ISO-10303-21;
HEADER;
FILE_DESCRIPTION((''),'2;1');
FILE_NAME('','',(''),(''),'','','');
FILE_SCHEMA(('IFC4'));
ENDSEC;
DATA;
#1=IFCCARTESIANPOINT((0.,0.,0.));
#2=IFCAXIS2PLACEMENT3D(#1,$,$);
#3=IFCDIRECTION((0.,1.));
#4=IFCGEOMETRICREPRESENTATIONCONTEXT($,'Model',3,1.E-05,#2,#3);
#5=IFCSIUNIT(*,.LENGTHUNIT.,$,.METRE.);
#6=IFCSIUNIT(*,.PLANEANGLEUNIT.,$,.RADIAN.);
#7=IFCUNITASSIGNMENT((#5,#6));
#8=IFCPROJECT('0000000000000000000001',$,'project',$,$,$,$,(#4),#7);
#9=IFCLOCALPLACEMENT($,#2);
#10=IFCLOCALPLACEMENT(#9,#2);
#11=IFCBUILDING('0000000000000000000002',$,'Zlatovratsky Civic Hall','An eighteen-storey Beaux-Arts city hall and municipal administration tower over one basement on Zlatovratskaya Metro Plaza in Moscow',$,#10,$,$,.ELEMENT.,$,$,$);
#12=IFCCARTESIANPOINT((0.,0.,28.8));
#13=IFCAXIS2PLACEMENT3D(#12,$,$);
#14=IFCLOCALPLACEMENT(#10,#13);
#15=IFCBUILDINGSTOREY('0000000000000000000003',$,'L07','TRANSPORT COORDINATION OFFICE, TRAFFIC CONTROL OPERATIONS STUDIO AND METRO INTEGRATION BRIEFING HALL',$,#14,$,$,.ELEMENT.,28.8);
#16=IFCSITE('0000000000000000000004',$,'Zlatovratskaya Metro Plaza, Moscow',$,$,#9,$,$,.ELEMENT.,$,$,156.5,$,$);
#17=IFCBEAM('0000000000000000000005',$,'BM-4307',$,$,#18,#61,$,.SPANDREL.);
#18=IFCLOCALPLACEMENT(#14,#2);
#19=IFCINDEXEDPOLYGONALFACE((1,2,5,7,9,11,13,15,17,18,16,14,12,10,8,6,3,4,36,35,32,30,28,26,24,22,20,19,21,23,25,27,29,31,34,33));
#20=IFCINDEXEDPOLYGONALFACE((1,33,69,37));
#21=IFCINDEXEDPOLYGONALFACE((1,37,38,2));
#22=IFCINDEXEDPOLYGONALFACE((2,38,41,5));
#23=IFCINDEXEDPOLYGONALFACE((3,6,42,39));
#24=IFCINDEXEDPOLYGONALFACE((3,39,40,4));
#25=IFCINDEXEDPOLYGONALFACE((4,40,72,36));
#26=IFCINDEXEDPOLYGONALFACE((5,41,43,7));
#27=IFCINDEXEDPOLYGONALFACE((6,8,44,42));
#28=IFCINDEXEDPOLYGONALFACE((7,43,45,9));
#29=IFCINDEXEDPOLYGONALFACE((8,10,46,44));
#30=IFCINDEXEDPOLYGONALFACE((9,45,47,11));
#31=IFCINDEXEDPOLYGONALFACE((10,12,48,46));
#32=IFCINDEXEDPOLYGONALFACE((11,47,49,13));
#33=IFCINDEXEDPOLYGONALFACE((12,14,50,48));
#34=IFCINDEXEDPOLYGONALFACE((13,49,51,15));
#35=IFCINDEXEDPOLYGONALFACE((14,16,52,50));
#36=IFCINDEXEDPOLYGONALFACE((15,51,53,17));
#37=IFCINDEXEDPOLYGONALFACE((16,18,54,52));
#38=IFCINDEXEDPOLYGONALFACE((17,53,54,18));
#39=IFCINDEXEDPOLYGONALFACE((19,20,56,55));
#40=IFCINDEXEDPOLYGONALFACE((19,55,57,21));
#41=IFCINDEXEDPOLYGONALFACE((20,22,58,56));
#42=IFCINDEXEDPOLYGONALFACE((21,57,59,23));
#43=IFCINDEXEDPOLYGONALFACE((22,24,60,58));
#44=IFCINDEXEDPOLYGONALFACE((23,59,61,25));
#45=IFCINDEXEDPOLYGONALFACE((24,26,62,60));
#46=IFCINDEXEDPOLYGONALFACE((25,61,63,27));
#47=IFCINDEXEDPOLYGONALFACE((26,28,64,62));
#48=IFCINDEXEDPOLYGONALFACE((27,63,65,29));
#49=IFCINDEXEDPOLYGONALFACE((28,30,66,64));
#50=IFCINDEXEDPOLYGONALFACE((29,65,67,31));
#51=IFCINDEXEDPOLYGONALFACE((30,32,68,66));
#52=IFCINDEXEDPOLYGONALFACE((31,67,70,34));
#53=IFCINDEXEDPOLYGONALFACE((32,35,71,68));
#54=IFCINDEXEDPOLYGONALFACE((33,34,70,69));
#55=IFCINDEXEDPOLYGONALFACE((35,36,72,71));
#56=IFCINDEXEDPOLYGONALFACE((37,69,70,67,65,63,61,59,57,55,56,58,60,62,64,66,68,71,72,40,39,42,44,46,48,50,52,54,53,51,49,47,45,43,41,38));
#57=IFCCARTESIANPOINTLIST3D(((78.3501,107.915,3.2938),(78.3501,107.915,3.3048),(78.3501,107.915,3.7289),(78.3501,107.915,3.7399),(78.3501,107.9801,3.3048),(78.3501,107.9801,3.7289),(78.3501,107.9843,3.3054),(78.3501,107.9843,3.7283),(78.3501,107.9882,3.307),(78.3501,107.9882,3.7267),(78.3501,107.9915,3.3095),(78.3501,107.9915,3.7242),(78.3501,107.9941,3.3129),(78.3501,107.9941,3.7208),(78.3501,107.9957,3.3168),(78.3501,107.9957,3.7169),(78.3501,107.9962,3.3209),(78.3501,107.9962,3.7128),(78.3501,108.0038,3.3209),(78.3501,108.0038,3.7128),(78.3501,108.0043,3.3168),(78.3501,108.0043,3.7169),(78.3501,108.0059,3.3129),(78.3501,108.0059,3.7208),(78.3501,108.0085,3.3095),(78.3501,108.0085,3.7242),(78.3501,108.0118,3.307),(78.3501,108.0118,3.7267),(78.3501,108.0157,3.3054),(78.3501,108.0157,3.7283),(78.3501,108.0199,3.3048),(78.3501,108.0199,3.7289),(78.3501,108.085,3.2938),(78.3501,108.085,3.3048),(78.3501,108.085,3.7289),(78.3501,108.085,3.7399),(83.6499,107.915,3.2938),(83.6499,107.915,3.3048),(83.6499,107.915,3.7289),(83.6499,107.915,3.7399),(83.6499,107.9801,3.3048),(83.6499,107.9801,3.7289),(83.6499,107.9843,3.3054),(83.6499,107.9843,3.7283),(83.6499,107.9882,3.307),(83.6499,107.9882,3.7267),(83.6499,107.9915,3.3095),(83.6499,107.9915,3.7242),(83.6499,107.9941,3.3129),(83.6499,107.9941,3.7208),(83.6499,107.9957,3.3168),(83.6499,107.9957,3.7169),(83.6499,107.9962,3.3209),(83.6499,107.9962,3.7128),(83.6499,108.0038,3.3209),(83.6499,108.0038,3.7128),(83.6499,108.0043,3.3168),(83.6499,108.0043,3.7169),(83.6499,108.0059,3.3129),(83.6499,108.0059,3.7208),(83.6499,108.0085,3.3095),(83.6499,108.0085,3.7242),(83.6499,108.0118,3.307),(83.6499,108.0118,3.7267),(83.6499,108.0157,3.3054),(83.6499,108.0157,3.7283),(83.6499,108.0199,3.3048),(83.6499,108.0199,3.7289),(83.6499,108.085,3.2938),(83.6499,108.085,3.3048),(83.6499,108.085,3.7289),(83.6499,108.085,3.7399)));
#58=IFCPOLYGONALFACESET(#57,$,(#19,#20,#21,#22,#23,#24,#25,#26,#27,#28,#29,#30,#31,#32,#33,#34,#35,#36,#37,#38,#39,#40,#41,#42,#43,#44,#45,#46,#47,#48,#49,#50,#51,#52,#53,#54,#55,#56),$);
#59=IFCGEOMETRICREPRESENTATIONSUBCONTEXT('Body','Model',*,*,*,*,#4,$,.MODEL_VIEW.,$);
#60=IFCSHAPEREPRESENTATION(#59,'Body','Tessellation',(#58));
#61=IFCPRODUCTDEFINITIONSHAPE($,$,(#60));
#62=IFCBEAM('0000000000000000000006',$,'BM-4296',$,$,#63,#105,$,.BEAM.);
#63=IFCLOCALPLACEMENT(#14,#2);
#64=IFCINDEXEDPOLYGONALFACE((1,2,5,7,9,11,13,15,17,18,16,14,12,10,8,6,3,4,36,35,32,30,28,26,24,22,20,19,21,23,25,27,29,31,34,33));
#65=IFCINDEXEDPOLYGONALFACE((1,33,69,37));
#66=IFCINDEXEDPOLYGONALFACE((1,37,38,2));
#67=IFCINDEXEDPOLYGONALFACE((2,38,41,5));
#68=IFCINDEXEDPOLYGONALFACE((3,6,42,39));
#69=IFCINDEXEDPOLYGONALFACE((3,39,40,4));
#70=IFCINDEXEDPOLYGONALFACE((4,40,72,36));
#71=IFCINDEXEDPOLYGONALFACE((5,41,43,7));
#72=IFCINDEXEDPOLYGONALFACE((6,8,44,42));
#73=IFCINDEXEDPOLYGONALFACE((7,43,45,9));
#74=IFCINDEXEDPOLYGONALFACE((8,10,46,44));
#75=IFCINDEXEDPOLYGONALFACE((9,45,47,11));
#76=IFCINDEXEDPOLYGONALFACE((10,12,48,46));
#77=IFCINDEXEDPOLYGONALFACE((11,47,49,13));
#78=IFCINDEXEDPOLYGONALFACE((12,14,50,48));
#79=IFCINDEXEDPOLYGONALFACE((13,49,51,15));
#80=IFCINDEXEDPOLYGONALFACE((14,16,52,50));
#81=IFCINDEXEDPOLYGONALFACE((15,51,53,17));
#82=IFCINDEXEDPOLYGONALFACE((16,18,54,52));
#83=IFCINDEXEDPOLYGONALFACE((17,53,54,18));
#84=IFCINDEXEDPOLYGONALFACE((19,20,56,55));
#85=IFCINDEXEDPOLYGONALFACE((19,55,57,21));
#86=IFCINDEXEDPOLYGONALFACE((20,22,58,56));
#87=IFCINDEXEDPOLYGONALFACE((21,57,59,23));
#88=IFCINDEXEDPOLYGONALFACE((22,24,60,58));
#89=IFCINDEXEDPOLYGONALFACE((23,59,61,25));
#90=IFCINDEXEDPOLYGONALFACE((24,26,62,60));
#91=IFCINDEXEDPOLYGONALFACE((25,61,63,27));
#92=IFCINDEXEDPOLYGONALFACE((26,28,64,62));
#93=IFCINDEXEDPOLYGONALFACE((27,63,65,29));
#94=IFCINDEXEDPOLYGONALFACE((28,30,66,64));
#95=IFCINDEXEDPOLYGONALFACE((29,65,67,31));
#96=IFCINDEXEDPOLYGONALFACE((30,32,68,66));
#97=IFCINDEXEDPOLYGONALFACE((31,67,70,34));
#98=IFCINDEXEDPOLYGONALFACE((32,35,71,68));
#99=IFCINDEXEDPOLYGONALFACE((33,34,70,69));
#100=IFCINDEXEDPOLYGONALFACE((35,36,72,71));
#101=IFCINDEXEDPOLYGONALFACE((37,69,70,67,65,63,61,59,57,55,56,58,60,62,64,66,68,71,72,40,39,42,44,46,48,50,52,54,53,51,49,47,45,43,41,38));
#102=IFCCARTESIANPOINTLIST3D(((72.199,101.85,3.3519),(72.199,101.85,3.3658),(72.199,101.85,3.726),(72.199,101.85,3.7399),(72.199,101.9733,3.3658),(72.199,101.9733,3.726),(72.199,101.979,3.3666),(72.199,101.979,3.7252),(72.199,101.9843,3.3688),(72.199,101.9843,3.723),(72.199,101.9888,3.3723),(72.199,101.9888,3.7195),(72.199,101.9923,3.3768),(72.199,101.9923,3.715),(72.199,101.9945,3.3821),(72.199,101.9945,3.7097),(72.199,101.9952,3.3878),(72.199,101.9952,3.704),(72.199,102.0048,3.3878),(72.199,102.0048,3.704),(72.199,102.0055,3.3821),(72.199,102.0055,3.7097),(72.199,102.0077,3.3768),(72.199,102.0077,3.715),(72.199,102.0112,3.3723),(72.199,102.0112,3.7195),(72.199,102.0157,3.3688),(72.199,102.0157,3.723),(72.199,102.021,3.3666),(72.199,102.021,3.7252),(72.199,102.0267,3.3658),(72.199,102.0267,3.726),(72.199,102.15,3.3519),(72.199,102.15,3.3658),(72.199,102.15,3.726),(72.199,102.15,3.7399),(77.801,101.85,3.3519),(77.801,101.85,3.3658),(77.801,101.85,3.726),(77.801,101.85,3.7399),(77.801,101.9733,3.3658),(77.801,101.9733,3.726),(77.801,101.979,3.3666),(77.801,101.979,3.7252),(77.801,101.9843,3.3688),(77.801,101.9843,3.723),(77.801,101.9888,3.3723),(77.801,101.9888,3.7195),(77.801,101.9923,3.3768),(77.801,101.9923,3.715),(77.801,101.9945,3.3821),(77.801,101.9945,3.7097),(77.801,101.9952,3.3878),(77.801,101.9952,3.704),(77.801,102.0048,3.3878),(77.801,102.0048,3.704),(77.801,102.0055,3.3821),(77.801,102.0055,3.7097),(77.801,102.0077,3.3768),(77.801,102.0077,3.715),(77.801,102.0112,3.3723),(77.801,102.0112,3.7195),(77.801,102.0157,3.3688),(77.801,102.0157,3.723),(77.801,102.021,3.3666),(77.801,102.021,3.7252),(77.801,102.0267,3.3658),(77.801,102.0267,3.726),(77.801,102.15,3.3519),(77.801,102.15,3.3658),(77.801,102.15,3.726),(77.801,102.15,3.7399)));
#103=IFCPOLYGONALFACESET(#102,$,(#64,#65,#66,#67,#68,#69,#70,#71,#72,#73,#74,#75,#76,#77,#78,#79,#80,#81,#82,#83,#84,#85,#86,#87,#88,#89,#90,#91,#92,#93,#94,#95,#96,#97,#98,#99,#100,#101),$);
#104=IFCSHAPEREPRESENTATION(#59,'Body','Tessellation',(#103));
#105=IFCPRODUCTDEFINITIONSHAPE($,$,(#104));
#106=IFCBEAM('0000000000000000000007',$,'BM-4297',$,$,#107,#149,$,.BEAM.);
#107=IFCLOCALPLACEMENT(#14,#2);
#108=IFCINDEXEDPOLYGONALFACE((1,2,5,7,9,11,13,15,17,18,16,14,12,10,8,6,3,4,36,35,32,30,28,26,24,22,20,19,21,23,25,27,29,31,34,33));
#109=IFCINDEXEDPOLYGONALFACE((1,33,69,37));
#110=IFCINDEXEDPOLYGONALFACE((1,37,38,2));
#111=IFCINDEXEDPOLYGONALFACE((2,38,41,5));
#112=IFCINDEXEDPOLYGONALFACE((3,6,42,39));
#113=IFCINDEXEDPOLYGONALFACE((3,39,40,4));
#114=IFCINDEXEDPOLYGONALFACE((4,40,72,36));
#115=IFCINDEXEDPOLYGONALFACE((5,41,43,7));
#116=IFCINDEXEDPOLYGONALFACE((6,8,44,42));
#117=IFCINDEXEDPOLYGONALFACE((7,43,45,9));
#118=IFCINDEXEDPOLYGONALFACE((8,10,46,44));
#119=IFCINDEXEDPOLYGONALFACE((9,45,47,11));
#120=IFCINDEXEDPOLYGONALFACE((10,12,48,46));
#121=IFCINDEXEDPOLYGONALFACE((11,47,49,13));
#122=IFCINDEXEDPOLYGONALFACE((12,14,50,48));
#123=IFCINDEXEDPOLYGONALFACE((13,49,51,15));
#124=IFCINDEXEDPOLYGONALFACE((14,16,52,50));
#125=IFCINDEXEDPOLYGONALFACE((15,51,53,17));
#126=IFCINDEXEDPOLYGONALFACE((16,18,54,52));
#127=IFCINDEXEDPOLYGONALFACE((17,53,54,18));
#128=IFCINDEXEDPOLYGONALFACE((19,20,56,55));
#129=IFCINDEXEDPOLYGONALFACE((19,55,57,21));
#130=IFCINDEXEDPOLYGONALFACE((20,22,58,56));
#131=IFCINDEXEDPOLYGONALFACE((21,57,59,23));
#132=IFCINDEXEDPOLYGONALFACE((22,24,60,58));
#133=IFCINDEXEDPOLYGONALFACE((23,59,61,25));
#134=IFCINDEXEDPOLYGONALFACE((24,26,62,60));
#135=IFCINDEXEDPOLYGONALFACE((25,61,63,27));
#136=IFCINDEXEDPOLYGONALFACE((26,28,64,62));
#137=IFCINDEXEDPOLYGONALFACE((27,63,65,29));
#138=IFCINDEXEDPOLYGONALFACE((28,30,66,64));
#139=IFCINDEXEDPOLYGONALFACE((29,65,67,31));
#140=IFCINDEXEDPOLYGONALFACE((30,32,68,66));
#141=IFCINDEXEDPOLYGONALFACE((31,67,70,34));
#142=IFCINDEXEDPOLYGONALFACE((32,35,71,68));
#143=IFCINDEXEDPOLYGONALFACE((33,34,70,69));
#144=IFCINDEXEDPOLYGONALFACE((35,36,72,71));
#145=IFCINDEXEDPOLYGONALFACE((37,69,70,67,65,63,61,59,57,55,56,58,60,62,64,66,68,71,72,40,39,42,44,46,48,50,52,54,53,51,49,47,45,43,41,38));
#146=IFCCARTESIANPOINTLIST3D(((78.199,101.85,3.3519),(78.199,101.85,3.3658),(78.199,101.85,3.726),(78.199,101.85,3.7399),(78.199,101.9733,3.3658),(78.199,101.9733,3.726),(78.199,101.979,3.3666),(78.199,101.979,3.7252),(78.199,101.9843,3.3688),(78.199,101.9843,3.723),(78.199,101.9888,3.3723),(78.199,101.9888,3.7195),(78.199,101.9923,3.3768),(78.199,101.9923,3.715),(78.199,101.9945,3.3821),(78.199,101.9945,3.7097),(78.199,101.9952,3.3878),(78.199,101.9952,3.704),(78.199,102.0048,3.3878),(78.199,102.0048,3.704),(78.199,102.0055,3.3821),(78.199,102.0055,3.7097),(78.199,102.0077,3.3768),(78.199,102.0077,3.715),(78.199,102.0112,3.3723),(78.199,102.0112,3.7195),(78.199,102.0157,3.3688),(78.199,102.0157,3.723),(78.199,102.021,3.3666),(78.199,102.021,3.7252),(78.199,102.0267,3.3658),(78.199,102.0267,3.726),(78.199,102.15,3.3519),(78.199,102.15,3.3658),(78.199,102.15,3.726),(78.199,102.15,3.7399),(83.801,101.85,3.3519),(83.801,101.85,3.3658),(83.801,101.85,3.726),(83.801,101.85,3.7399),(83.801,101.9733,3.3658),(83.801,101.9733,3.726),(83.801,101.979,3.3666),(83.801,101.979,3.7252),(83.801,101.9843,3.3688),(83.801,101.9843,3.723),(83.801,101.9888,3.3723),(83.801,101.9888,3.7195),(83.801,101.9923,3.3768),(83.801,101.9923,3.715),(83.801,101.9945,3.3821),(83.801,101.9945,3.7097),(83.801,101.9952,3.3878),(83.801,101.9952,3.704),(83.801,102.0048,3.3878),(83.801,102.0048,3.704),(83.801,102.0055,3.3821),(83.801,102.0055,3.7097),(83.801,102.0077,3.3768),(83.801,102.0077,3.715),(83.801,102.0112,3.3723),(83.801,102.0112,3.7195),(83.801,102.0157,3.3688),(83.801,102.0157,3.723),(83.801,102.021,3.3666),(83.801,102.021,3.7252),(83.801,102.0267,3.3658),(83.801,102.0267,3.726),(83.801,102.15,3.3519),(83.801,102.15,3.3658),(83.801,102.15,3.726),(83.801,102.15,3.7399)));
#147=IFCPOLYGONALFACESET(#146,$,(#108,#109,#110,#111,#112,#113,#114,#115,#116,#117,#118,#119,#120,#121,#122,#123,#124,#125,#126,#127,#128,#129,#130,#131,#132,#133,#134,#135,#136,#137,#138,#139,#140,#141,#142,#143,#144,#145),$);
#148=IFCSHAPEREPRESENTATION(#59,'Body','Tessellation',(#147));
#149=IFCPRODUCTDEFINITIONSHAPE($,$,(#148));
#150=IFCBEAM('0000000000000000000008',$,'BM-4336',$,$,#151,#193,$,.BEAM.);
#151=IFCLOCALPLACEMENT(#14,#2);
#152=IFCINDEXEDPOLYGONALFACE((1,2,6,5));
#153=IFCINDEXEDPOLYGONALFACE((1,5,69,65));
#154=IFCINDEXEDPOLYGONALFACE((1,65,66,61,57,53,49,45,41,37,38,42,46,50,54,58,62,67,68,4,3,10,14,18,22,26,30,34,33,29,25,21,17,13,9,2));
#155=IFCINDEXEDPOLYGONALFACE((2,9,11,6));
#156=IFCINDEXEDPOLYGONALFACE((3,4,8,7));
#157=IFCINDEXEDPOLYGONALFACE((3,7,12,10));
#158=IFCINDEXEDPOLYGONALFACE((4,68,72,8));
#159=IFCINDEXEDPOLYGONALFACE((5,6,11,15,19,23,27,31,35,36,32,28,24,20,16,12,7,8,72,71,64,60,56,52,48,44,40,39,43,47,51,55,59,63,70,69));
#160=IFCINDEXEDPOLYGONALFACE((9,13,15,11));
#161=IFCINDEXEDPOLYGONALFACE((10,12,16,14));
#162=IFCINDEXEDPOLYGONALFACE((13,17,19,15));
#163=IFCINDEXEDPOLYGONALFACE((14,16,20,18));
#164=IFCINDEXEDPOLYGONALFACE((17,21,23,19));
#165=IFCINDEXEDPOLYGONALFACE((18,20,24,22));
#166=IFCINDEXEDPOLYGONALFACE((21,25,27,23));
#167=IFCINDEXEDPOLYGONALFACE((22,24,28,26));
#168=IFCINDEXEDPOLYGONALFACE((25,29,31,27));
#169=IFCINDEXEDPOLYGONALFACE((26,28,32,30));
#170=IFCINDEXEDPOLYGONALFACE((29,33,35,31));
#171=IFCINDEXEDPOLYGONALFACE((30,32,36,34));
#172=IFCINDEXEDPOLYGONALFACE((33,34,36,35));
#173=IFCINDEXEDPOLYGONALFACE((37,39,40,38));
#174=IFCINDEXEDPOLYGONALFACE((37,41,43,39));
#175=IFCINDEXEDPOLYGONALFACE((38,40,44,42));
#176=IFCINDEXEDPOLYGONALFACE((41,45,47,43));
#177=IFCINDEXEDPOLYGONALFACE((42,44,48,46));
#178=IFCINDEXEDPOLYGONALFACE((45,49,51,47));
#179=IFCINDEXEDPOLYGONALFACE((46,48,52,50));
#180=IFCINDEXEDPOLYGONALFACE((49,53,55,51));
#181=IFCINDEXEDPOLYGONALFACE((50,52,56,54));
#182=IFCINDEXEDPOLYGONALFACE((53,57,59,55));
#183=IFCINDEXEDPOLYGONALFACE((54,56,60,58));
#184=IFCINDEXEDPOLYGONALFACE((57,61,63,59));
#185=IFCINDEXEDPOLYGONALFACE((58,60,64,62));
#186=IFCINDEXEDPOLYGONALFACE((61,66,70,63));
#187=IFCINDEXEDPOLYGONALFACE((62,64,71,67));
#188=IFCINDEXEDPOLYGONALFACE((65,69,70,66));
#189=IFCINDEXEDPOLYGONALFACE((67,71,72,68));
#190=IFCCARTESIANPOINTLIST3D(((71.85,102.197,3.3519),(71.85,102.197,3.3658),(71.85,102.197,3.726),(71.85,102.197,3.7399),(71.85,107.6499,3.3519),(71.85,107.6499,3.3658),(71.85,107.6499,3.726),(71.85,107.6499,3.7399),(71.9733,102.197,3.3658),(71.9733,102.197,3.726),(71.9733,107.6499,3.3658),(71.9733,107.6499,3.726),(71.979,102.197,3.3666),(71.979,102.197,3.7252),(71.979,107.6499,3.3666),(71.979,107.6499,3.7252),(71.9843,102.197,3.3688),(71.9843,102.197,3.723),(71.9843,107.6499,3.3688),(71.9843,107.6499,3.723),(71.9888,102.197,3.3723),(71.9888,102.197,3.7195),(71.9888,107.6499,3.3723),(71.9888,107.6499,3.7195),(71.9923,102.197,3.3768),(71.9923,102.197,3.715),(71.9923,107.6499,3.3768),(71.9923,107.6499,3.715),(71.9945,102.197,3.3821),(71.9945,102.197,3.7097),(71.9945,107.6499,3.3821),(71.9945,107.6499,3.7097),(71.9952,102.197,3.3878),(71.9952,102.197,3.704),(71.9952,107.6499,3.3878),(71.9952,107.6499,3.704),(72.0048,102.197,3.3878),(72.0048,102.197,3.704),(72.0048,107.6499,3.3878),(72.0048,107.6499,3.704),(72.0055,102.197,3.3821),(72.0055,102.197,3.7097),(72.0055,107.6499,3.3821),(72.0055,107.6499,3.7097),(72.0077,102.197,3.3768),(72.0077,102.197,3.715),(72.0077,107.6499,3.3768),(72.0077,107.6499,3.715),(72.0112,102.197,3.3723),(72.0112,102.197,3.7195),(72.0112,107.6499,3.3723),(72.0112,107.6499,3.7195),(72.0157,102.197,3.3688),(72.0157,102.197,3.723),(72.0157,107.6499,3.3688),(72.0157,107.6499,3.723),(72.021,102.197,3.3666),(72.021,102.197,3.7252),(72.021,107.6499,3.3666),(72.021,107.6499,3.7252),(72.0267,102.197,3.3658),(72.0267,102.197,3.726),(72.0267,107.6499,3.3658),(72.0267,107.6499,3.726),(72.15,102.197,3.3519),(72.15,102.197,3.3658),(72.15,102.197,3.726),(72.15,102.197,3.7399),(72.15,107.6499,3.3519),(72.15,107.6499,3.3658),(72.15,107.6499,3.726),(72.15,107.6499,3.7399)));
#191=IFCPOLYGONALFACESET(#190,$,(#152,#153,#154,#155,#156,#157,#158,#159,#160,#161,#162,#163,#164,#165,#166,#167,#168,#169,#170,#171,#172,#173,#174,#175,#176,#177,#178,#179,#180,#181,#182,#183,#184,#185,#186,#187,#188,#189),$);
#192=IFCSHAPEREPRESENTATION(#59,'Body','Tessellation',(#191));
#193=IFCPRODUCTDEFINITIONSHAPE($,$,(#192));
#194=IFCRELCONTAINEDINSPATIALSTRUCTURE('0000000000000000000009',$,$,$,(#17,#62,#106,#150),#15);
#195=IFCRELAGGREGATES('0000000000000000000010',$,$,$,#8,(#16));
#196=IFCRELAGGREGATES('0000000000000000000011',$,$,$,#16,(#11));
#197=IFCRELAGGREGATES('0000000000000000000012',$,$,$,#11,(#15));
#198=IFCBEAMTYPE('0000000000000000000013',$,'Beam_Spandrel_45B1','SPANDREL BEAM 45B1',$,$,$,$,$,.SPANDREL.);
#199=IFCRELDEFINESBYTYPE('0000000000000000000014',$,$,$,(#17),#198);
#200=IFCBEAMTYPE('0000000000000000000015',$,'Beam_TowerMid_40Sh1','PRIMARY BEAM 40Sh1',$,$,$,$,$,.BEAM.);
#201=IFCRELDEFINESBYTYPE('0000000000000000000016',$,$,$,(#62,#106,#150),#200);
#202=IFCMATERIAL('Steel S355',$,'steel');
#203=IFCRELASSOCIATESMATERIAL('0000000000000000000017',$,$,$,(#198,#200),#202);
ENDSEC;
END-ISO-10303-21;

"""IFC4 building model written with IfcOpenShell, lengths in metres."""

from ifc_helpers import new_model, si_unit, direction, frame, origin, origin_2d, place, context, subcontext, project, spatial, i_section, extrude, material, material_profile, profile_set, type_object, element, save


model = new_model("IFC4")

# Units and contexts
model_context = context("Model", 3, precision=1e-05, world=origin(), true_north=direction((0.0, 1.0)))
body_context = subcontext(model_context, "Body", "Model", "MODEL_VIEW")
ifc_project = project(units=[si_unit("LENGTHUNIT", "METRE"), si_unit("PLANEANGLEUNIT", "RADIAN")], contexts=[model_context])

# Site, building, storey
site_placement = place(None, origin())
site = spatial("IfcSite", under=ifc_project, at=site_placement, Name="Zlatovratskaya Metro Plaza, Moscow", CompositionType="ELEMENT", RefElevation=156.5)
building_placement = place(site_placement, origin())
building = spatial("IfcBuilding", under=site, at=building_placement, Name="Zlatovratsky Civic Hall", Description="An eighteen-storey Beaux-Arts city hall and municipal administration tower over one basement on Zlatovratskaya Metro Plaza in Moscow", CompositionType="ELEMENT")
storey_placement = place(building_placement, frame((0.0, 0.0, 28.8)))
storey = spatial("IfcBuildingStorey", under=building, at=storey_placement, Name="L07", Description="TRANSPORT COORDINATION OFFICE, TRAFFIC CONTROL OPERATIONS STUDIO AND METRO INTEGRATION BRIEFING HALL", CompositionType="ELEMENT", Elevation=28.8)

# Shared definitions
ifc_material_1 = material(Name="Steel S355", Category="steel")

# Beams
ifc_material_profile_1 = material_profile(ifc_material_1, i_section(OverallWidth=0.1699, OverallDepth=0.446, WebThickness=0.0076, FlangeThickness=0.011, FilletRadius=0.0161, at=origin_2d()), Name="45B1")
ifc_profile_set_1 = profile_set([ifc_material_profile_1], Name="Steel S355")
beam_type_1 = type_object("IfcBeamType", Name="Beam_Spandrel_45B1", Description="SPANDREL BEAM 45B1", PredefinedType="SPANDREL", material=ifc_profile_set_1)
for number, where, z_axis, x_axis, name in (
    (1, (78.3501, 108.0, 3.5168), (1.0, 0.0, 0.0), (0.0, 1.0, 0.0), "BM-4307"),
):
    element("IfcBeam", number, at=place(storey_placement, frame(where, z_axis=z_axis, x_axis=x_axis)), inside=storey, type_object=beam_type_1, Name=name, PredefinedType="SPANDREL", context=body_context, shape_type="SweptSolid", body=[
        extrude(i_section(OverallWidth=0.1699, OverallDepth=0.446, WebThickness=0.0076, FlangeThickness=0.011, FilletRadius=0.0161, at=origin_2d()), origin(), (0.0, 0.0, 1.0), 5.2998),
    ])
ifc_material_profile_2 = material_profile(ifc_material_1, i_section(OverallWidth=0.3, OverallDepth=0.3879, WebThickness=0.0095, FlangeThickness=0.0139, FilletRadius=0.022, at=origin_2d()), Name="40Sh1")
ifc_profile_set_2 = profile_set([ifc_material_profile_2], Name="Steel S355")
beam_type_2 = type_object("IfcBeamType", Name="Beam_TowerMid_40Sh1", Description="PRIMARY BEAM 40Sh1", PredefinedType="BEAM", material=ifc_profile_set_2)
for number, where, z_axis, x_axis, name in (
    (2, (72.199, 102.0, 3.5459), (1.0, 0.0, 0.0), (0.0, 1.0, 0.0), "BM-4296"),
    (3, (78.199, 102.0, 3.5459), (1.0, 0.0, 0.0), (0.0, 1.0, 0.0), "BM-4297"),
):
    element("IfcBeam", number, at=place(storey_placement, frame(where, z_axis=z_axis, x_axis=x_axis)), inside=storey, type_object=beam_type_2, Name=name, PredefinedType="BEAM", context=body_context, shape_type="SweptSolid", body=[
        extrude(i_section(OverallWidth=0.3, OverallDepth=0.3879, WebThickness=0.0095, FlangeThickness=0.0139, FilletRadius=0.022, at=origin_2d()), origin(), (0.0, 0.0, 1.0), 5.6021),
    ])
for number, where, z_axis, x_axis, name in (
    (4, (72.0, 102.197, 3.5459), (0.0, 1.0, 0.0), (-1.0, 0.0, 0.0), "BM-4336"),
):
    element("IfcBeam", number, at=place(storey_placement, frame(where, z_axis=z_axis, x_axis=x_axis)), inside=storey, type_object=beam_type_2, Name=name, PredefinedType="BEAM", context=body_context, shape_type="SweptSolid", body=[
        extrude(i_section(OverallWidth=0.3, OverallDepth=0.3879, WebThickness=0.0095, FlangeThickness=0.0139, FilletRadius=0.022, at=origin_2d()), origin(), (0.0, 0.0, 1.0), 5.4529),
    ])

save(model, "model.ifc")
